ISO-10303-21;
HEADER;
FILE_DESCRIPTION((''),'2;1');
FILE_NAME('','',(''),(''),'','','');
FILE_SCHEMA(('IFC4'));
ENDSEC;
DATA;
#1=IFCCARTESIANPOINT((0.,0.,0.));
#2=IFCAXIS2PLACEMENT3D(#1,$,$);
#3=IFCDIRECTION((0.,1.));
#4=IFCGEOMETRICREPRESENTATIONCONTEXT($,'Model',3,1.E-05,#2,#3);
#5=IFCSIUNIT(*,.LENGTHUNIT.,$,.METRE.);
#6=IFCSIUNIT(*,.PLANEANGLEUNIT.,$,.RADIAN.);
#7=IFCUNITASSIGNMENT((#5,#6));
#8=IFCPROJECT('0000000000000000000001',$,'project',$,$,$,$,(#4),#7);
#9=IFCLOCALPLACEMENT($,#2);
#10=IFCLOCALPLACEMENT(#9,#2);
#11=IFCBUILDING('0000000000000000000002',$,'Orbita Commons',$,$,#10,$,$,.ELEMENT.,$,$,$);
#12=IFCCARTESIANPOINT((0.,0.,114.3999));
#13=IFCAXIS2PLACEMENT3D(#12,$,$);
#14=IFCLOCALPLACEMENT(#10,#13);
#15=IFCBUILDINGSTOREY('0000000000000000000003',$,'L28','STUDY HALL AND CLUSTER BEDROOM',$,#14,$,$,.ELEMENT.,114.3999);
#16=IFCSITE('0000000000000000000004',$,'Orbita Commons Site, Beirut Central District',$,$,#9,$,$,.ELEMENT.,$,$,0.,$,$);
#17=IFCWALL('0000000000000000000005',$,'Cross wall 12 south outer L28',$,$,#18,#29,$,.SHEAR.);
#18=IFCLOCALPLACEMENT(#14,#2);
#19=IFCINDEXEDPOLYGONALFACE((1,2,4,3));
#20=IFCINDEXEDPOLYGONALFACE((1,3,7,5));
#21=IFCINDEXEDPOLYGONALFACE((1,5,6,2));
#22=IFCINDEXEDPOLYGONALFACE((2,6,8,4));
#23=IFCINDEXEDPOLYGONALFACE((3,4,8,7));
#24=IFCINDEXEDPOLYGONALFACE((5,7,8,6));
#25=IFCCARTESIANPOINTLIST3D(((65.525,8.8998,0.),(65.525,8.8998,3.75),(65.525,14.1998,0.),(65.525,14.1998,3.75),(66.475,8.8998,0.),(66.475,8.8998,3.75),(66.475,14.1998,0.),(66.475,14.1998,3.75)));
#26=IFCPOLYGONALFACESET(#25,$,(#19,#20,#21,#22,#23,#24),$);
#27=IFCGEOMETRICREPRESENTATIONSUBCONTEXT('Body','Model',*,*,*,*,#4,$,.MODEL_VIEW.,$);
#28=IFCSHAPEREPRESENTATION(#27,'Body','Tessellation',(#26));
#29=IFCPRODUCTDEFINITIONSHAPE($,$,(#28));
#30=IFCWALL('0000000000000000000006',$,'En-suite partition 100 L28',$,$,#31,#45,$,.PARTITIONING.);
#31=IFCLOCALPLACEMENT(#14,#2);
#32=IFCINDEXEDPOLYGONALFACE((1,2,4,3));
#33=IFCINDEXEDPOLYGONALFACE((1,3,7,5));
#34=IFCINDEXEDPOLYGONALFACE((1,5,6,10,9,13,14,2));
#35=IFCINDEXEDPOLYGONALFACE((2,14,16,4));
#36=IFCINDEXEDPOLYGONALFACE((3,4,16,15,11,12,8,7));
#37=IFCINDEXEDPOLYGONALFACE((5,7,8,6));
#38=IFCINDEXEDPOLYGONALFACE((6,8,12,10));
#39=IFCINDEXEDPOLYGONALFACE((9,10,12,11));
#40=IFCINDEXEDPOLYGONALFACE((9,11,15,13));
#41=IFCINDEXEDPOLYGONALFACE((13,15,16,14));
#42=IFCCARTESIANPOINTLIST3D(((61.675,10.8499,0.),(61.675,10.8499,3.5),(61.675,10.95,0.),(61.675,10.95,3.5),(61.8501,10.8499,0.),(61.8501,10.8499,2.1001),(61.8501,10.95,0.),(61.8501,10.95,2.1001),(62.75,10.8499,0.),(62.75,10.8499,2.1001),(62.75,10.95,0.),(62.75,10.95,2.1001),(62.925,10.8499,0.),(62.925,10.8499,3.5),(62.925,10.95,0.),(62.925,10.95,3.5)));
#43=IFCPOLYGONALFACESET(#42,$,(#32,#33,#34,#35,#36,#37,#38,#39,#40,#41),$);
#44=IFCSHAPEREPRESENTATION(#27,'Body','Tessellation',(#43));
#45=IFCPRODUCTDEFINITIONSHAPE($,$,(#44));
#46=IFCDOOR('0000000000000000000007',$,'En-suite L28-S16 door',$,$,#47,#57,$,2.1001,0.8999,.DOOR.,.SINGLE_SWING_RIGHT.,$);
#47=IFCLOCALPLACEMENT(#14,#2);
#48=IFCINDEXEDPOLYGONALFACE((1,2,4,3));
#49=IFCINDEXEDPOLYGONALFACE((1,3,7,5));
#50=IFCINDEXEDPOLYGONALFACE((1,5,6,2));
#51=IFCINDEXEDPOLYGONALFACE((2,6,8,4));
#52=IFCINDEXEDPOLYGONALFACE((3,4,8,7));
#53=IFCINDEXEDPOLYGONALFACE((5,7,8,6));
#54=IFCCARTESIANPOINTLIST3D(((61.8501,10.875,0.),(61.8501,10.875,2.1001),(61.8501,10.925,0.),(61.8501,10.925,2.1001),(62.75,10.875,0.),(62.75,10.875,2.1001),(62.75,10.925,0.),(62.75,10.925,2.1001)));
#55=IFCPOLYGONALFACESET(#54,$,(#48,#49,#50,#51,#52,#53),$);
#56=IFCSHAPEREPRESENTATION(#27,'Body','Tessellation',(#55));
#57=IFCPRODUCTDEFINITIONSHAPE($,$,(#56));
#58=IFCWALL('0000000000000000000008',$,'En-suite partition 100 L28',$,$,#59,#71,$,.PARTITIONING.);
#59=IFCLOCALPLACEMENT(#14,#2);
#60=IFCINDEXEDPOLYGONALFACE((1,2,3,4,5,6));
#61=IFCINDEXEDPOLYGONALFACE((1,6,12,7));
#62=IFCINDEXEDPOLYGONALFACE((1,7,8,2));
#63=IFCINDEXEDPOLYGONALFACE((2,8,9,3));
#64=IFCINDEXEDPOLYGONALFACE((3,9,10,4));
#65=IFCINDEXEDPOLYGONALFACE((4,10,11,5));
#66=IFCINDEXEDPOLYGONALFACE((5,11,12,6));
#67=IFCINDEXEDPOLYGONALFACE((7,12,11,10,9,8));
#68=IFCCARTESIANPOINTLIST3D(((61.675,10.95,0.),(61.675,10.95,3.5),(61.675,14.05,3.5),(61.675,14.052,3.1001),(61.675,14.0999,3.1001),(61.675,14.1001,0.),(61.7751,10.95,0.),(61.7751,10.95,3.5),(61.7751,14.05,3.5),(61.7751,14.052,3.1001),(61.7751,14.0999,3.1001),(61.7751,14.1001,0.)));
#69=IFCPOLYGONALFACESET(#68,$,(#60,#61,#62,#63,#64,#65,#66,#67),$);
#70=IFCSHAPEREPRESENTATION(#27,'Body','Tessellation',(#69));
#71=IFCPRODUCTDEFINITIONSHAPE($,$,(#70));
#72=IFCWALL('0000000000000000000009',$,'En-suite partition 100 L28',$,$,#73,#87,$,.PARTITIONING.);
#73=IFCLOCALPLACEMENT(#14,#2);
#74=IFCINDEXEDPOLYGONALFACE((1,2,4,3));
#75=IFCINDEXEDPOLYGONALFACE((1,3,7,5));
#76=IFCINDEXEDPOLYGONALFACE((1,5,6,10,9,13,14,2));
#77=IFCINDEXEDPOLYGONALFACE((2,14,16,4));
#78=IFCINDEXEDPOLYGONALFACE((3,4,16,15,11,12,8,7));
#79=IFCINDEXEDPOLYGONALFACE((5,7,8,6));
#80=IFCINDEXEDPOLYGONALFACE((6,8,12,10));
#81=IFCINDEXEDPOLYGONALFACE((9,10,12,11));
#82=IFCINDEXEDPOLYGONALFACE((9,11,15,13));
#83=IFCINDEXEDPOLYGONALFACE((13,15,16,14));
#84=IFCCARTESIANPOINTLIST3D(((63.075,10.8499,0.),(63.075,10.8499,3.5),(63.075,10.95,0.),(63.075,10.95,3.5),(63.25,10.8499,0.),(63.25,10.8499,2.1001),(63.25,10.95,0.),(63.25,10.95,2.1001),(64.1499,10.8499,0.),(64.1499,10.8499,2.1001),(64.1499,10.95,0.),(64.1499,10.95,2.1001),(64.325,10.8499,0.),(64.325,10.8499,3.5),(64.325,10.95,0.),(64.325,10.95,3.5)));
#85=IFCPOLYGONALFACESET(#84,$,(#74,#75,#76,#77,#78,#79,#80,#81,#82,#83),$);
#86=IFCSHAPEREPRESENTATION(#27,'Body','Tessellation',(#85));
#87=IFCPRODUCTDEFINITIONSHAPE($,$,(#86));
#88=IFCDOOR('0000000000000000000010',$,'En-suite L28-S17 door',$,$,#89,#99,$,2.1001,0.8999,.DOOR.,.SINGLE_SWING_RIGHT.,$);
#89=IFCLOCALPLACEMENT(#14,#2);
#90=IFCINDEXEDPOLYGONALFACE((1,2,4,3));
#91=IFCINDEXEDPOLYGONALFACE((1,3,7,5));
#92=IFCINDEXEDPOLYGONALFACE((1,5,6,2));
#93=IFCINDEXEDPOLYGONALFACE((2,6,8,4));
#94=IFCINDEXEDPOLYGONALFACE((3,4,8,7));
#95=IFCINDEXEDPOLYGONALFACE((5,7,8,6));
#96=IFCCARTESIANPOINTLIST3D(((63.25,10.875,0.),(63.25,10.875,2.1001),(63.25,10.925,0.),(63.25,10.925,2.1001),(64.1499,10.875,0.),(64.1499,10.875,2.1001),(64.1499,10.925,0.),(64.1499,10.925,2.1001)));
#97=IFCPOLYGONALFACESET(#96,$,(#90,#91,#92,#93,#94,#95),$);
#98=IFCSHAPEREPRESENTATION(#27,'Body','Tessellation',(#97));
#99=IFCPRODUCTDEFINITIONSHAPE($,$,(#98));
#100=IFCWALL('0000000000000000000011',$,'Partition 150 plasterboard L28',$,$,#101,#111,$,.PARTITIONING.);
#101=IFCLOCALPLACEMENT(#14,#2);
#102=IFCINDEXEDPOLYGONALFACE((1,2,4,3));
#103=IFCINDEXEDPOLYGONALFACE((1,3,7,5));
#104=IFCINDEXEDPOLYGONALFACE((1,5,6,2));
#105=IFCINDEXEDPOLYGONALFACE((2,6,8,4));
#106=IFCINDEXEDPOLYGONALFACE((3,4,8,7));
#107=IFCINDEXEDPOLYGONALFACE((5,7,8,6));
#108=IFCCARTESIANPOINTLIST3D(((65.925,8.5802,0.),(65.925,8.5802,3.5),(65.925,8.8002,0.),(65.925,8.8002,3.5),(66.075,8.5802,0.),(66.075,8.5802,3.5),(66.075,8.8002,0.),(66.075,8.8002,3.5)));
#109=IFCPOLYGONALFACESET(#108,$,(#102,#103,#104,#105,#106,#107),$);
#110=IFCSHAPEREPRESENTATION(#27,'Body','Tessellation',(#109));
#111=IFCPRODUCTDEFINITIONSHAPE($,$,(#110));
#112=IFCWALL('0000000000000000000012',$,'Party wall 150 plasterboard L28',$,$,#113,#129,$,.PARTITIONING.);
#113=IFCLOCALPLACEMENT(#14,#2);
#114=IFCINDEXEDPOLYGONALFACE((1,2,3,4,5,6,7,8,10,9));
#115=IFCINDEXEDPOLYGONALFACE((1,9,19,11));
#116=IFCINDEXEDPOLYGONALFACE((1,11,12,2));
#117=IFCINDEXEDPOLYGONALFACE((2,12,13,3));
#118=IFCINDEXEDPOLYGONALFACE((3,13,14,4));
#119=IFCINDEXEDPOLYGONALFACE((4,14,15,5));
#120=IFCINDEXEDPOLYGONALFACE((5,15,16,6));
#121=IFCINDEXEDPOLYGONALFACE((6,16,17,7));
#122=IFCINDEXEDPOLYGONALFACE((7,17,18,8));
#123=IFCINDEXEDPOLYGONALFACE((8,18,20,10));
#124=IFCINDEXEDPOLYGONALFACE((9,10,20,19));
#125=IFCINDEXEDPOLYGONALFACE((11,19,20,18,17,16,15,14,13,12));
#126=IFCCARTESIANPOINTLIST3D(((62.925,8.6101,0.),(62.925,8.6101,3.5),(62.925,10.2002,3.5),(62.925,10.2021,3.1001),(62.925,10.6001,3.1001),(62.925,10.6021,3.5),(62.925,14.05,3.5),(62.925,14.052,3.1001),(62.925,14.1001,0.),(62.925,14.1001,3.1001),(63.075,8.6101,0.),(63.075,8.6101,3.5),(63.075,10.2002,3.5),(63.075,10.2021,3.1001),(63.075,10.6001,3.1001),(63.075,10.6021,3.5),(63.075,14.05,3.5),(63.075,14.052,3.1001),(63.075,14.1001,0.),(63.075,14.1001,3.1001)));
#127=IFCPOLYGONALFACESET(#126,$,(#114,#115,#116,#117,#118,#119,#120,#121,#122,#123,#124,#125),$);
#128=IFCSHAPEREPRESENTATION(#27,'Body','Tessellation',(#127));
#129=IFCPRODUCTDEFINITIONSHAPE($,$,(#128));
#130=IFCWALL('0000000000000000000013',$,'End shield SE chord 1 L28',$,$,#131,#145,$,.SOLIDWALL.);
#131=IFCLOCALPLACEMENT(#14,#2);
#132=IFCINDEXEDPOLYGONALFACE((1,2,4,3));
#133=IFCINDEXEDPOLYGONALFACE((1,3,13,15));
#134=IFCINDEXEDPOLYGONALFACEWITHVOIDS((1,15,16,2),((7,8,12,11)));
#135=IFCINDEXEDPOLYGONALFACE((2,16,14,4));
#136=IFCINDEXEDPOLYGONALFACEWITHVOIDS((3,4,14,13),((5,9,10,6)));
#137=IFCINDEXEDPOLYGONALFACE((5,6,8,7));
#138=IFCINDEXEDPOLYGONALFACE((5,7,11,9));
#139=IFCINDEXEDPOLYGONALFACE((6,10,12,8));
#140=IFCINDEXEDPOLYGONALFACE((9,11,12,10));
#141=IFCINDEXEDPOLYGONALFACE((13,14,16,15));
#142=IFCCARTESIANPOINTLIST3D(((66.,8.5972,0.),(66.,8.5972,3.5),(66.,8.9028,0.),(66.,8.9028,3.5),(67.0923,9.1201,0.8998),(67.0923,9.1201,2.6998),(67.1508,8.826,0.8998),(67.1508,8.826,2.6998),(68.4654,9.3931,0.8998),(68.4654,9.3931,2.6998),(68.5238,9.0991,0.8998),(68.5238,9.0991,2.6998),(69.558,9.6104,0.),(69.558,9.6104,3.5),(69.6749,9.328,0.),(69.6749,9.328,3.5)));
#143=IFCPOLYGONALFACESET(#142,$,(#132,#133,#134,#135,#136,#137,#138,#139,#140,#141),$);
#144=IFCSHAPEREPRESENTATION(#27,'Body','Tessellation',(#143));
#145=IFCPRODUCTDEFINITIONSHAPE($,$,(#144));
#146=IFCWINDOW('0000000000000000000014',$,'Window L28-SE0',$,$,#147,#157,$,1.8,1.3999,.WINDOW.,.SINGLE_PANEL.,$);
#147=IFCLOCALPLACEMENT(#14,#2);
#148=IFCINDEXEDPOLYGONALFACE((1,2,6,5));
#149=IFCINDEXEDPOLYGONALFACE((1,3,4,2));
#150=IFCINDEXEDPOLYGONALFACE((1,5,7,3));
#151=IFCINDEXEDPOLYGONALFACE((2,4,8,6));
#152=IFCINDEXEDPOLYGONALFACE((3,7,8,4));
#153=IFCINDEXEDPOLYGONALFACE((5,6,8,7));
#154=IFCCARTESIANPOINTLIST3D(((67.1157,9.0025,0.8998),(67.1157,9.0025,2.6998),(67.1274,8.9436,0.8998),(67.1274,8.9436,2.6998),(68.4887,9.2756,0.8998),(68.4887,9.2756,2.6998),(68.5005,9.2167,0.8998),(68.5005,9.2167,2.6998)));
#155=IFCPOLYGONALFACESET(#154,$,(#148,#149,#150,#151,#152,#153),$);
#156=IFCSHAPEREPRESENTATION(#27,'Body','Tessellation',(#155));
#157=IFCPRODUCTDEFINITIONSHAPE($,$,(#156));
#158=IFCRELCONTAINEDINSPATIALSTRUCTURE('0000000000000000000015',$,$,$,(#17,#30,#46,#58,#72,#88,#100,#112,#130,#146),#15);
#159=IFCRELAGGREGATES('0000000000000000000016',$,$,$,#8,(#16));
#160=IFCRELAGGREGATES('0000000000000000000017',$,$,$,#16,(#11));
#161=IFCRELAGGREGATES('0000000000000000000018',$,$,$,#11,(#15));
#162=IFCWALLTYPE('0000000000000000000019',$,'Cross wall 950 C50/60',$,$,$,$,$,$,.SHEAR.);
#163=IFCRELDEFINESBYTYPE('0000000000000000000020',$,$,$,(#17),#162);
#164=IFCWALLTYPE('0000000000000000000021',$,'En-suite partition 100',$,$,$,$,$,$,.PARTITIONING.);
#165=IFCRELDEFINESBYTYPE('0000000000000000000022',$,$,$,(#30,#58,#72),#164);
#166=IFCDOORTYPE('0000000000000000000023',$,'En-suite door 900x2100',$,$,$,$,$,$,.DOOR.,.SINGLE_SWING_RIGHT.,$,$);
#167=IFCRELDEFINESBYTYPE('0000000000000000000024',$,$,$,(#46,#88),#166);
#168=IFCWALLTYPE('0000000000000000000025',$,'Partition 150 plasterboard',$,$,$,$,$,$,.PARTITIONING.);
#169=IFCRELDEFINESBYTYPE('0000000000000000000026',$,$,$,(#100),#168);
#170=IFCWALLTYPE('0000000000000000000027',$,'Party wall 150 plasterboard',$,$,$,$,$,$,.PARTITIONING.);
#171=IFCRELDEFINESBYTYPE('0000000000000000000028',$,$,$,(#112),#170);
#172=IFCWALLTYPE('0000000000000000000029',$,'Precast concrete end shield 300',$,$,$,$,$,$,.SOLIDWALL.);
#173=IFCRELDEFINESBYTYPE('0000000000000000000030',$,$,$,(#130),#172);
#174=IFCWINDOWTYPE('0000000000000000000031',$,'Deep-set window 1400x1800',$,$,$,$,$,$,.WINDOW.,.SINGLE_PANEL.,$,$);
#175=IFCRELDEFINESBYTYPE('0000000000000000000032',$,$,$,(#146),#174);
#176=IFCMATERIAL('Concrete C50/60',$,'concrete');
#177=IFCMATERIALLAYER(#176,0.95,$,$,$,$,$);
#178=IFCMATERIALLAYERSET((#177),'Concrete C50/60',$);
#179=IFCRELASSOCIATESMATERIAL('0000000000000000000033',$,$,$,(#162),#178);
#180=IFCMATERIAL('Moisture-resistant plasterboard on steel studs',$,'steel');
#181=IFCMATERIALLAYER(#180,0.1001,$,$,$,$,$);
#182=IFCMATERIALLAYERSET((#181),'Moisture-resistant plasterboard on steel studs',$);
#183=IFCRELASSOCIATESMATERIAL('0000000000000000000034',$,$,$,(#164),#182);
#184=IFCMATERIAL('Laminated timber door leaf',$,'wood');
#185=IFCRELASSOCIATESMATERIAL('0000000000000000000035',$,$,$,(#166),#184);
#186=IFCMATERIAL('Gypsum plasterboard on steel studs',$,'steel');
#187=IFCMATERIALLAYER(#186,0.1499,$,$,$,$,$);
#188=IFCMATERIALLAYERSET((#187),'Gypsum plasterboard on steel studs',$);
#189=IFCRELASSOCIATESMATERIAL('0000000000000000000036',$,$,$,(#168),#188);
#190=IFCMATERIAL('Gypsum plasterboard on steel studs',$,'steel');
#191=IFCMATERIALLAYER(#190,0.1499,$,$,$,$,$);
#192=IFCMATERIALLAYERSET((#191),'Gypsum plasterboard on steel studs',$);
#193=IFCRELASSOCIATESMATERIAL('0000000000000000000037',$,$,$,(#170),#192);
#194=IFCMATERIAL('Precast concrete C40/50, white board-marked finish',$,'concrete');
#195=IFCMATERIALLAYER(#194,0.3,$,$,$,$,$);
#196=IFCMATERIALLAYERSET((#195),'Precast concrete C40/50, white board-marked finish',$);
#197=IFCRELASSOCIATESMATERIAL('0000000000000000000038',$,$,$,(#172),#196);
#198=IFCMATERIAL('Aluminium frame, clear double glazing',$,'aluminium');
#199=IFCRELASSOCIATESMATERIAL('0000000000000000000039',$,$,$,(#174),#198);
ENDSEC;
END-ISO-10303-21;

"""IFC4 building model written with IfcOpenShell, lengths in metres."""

from ifc_helpers import new_model, si_unit, direction, frame, frame_2d, origin, place, context, subcontext, project, spatial, polyline, rectangle, outline, extrude, material, layer, layer_set, type_object, element, fill, save


model = new_model("IFC4")

# Units and contexts
model_context = context("Model", 3, precision=1e-05, world=origin(), true_north=direction((0.0, 1.0)))
body_context = subcontext(model_context, "Body", "Model", "MODEL_VIEW")
ifc_project = project(units=[si_unit("LENGTHUNIT", "METRE"), si_unit("PLANEANGLEUNIT", "RADIAN")], contexts=[model_context])

# Site, building, storey
site_placement = place(None, origin())
site = spatial("IfcSite", under=ifc_project, at=site_placement, Name="Orbita Commons Site, Beirut Central District", CompositionType="ELEMENT", RefElevation=0.0)
building_placement = place(site_placement, origin())
building = spatial("IfcBuilding", under=site, at=building_placement, Name="Orbita Commons", CompositionType="ELEMENT")
storey_placement = place(building_placement, frame((0.0, 0.0, 114.3999)))
storey = spatial("IfcBuildingStorey", under=building, at=storey_placement, Name="L28", Description="STUDY HALL AND CLUSTER BEDROOM", CompositionType="ELEMENT", Elevation=114.3999)

# Wall
ifc_material_1 = material(Name="Concrete C50/60", Category="concrete")
ifc_layer_1 = layer(ifc_material_1, 0.95)
ifc_layer_set_1 = layer_set([ifc_layer_1], Name="Concrete C50/60")
wall_type_1 = type_object("IfcWallType", Name="Cross wall 950 C50/60", PredefinedType="SHEAR", material=ifc_layer_set_1)
wall_1_placement = place(storey_placement, frame((66.0, 8.8999, 0.0), z_axis=(0.0, 0.0, 1.0), x_axis=(0.0, 1.0, 0.0)))
element("IfcWall", 1, at=wall_1_placement, inside=storey, type_object=wall_type_1, Name="Cross wall 12 south outer L28", PredefinedType="SHEAR", context=body_context, shape_type="SweptSolid", body=[
    extrude(rectangle(XDim=5.3, YDim=0.95, at=frame_2d((2.6499, 0.0))), origin(), (0.0, 0.0, 1.0), 3.75),
])

# Wall, opening, door
ifc_material_2 = material(Name="Moisture-resistant plasterboard on steel studs", Category="steel")
ifc_layer_2 = layer(ifc_material_2, 0.1001)
ifc_layer_set_2 = layer_set([ifc_layer_2], Name="Moisture-resistant plasterboard on steel studs")
wall_type_2 = type_object("IfcWallType", Name="En-suite partition 100", PredefinedType="PARTITIONING", material=ifc_layer_set_2)
wall_2_placement = place(storey_placement, frame((62.925, 10.8999, 0.0), z_axis=(0.0, 0.0, 1.0), x_axis=(-1.0, 0.0, 0.0)))
wall_2 = element("IfcWall", 2, at=wall_2_placement, inside=storey, type_object=wall_type_2, Name="En-suite partition 100 L28", PredefinedType="PARTITIONING", context=body_context, shape_type="SweptSolid", body=[
    extrude(rectangle(XDim=1.25, YDim=0.1001, at=frame_2d((0.625, 0.0))), origin(), (0.0, 0.0, 1.0), 3.5),
])
opening_1_placement = place(wall_2_placement, frame((0.175, 0.0, 0.0)))
opening_1 = element("IfcOpeningElement", 3, at=opening_1_placement, cuts=wall_2, PredefinedType="OPENING", context=body_context, shape_type="SweptSolid", body=[
    extrude(rectangle(XDim=0.8999, YDim=2.1001, at=frame_2d((0.45, 1.05))), frame((0.0, 0.0601, 0.0), z_axis=(0.0, -1.0, 0.0), x_axis=(1.0, 0.0, 0.0)), (0.0, 0.0, 1.0), 0.1201),
])
ifc_material_3 = material(Name="Laminated timber door leaf", Category="wood")
door_type_1 = type_object("IfcDoorType", Name="En-suite door 900x2100", OperationType="SINGLE_SWING_RIGHT", PredefinedType="DOOR", material=ifc_material_3)
door_1_placement = place(opening_1_placement, origin())
door_1 = element("IfcDoor", 4, at=door_1_placement, inside=storey, type_object=door_type_1, Name="En-suite L28-S16 door", OperationType="SINGLE_SWING_RIGHT", OverallHeight=2.1001, OverallWidth=0.8999, PredefinedType="DOOR", context=body_context, shape_type="SweptSolid", body=[
    extrude(rectangle(XDim=0.8999, YDim=2.1001, at=frame_2d((0.45, 1.05))), frame((0.0, 0.0249, 0.0), z_axis=(0.0, -1.0, 0.0), x_axis=(1.0, 0.0, 0.0)), (0.0, 0.0, 1.0), 0.05),
])
fill(opening_1, door_1)

# Wall
wall_3_placement = place(storey_placement, frame((61.7251, 10.95, 0.0), z_axis=(0.0, 0.0, 1.0), x_axis=(0.0, 1.0, 0.0)))
element("IfcWall", 5, at=wall_3_placement, inside=storey, type_object=wall_type_2, Name="En-suite partition 100 L28", PredefinedType="PARTITIONING", context=body_context, shape_type="SweptSolid", body=[
    extrude(outline(polyline([(0.0, 0.0), (3.1501, 0.0), (3.1499, 3.1001), (3.1021, 3.1001), (3.1001, 3.5), (0.0, 3.5), (0.0, 0.0)])), frame((0.0, 0.05, 0.0), z_axis=(0.0, -1.0, 0.0), x_axis=(1.0, 0.0, 0.0)), (0.0, 0.0, 1.0), 0.1001),
])

# Wall, opening, door
wall_4_placement = place(storey_placement, frame((64.325, 10.8999, 0.0), z_axis=(0.0, 0.0, 1.0), x_axis=(-1.0, 0.0, 0.0)))
wall_4 = element("IfcWall", 6, at=wall_4_placement, inside=storey, type_object=wall_type_2, Name="En-suite partition 100 L28", PredefinedType="PARTITIONING", context=body_context, shape_type="SweptSolid", body=[
    extrude(rectangle(XDim=1.25, YDim=0.1001, at=frame_2d((0.625, 0.0))), origin(), (0.0, 0.0, 1.0), 3.5),
])
opening_2_placement = place(wall_4_placement, frame((0.175, 0.0, 0.0)))
opening_2 = element("IfcOpeningElement", 7, at=opening_2_placement, cuts=wall_4, PredefinedType="OPENING", context=body_context, shape_type="SweptSolid", body=[
    extrude(rectangle(XDim=0.8999, YDim=2.1001, at=frame_2d((0.45, 1.05))), frame((0.0, 0.0601, 0.0), z_axis=(0.0, -1.0, 0.0), x_axis=(1.0, 0.0, 0.0)), (0.0, 0.0, 1.0), 0.1201),
])
door_2_placement = place(opening_2_placement, origin())
door_2 = element("IfcDoor", 8, at=door_2_placement, inside=storey, type_object=door_type_1, Name="En-suite L28-S17 door", OperationType="SINGLE_SWING_RIGHT", OverallHeight=2.1001, OverallWidth=0.8999, PredefinedType="DOOR", context=body_context, shape_type="SweptSolid", body=[
    extrude(rectangle(XDim=0.8999, YDim=2.1001, at=frame_2d((0.45, 1.05))), frame((0.0, 0.0249, 0.0), z_axis=(0.0, -1.0, 0.0), x_axis=(1.0, 0.0, 0.0)), (0.0, 0.0, 1.0), 0.05),
])
fill(opening_2, door_2)

# Walls
ifc_material_4 = material(Name="Gypsum plasterboard on steel studs", Category="steel")
ifc_layer_3 = layer(ifc_material_4, 0.1499)
ifc_layer_set_3 = layer_set([ifc_layer_3], Name="Gypsum plasterboard on steel studs")
wall_type_3 = type_object("IfcWallType", Name="Partition 150 plasterboard", PredefinedType="PARTITIONING", material=ifc_layer_set_3)
wall_5_placement = place(storey_placement, frame((66.0, 8.8, 0.0), z_axis=(0.0, 0.0, 1.0), x_axis=(0.0, -1.0, 0.0)))
element("IfcWall", 9, at=wall_5_placement, inside=storey, type_object=wall_type_3, Name="Partition 150 plasterboard L28", PredefinedType="PARTITIONING", context=body_context, shape_type="SweptSolid", body=[
    extrude(rectangle(XDim=0.22, YDim=0.1499, at=frame_2d((0.1099, 0.0))), origin(), (0.0, 0.0, 1.0), 3.5),
])
ifc_material_5 = material(Name="Gypsum plasterboard on steel studs", Category="steel")
ifc_layer_4 = layer(ifc_material_5, 0.1499)
ifc_layer_set_4 = layer_set([ifc_layer_4], Name="Gypsum plasterboard on steel studs")
wall_type_4 = type_object("IfcWallType", Name="Party wall 150 plasterboard", PredefinedType="PARTITIONING", material=ifc_layer_set_4)
wall_6_placement = place(storey_placement, frame((63.0, 8.6101, 0.0), z_axis=(0.0, 0.0, 1.0), x_axis=(0.0, 1.0, 0.0)))
element("IfcWall", 10, at=wall_6_placement, inside=storey, type_object=wall_type_4, Name="Party wall 150 plasterboard L28", PredefinedType="PARTITIONING", context=body_context, shape_type="SweptSolid", body=[
    extrude(outline(polyline([(0.0, 0.0), (5.49, 0.0), (5.49, 3.1001), (5.4419, 3.1001), (5.4399, 3.5), (1.9919, 3.5), (1.99, 3.1001), (1.592, 3.1001), (1.5901, 3.5), (0.0, 3.5), (0.0, 0.0)])), frame((0.0, 0.075, 0.0), z_axis=(0.0, -1.0, 0.0), x_axis=(1.0, 0.0, 0.0)), (0.0, 0.0, 1.0), 0.1499),
])

# Wall, opening, window
ifc_material_6 = material(Name="Precast concrete C40/50, white board-marked finish", Category="concrete")
ifc_layer_5 = layer(ifc_material_6, 0.3)
ifc_layer_set_5 = layer_set([ifc_layer_5], Name="Precast concrete C40/50, white board-marked finish")
wall_type_5 = type_object("IfcWallType", Name="Precast concrete end shield 300", PredefinedType="SOLIDWALL", material=ifc_layer_set_5)
wall_7_placement = place(storey_placement, frame((66.0, 8.75, 0.0), z_axis=(0.0, 0.0, 1.0), x_axis=(0.980791, 0.195059, 0.0)))
wall_7 = element("IfcWall", 11, at=wall_7_placement, inside=storey, type_object=wall_type_5, Name="End shield SE chord 1 L28", PredefinedType="SOLIDWALL", context=body_context, shape_type="SweptSolid", body=[
    extrude(outline(polyline([(-0.0298, -0.1499), (3.717, -0.1499), (3.6575, 0.1499), (0.0298, 0.1499), (-0.0298, -0.1499)])), origin(), (0.0, 0.0, 1.0), 3.5),
])
opening_3_placement = place(wall_7_placement, frame((1.1436, 0.0, 0.8999)))
opening_3 = element("IfcOpeningElement", 12, at=opening_3_placement, cuts=wall_7, PredefinedType="OPENING", context=body_context, shape_type="SweptSolid", body=[
    extrude(rectangle(XDim=1.3999, YDim=1.8, at=frame_2d((0.7, 0.8999))), frame((0.0, 0.1599, 0.0), z_axis=(0.0, -1.0, 0.0), x_axis=(1.0, 0.0, 0.0)), (0.0, 0.0, 1.0), 0.3201),
])
ifc_material_7 = material(Name="Aluminium frame, clear double glazing", Category="aluminium")
window_type = type_object("IfcWindowType", Name="Deep-set window 1400x1800", PartitioningType="SINGLE_PANEL", PredefinedType="WINDOW", material=ifc_material_7)
window_1_placement = place(opening_3_placement, origin())
window_1 = element("IfcWindow", 13, at=window_1_placement, inside=storey, type_object=window_type, Name="Window L28-SE0", OverallHeight=1.8, OverallWidth=1.3999, PartitioningType="SINGLE_PANEL", PredefinedType="WINDOW", context=body_context, shape_type="SweptSolid", body=[
    extrude(rectangle(XDim=1.3999, YDim=1.8, at=frame_2d((0.7, 0.8999))), frame((0.0, 0.03, 0.0), z_axis=(0.0, -1.0, 0.0), x_axis=(1.0, 0.0, 0.0)), (0.0, 0.0, 1.0), 0.0601),
])
fill(opening_3, window_1)

save(model, "model.ifc")
